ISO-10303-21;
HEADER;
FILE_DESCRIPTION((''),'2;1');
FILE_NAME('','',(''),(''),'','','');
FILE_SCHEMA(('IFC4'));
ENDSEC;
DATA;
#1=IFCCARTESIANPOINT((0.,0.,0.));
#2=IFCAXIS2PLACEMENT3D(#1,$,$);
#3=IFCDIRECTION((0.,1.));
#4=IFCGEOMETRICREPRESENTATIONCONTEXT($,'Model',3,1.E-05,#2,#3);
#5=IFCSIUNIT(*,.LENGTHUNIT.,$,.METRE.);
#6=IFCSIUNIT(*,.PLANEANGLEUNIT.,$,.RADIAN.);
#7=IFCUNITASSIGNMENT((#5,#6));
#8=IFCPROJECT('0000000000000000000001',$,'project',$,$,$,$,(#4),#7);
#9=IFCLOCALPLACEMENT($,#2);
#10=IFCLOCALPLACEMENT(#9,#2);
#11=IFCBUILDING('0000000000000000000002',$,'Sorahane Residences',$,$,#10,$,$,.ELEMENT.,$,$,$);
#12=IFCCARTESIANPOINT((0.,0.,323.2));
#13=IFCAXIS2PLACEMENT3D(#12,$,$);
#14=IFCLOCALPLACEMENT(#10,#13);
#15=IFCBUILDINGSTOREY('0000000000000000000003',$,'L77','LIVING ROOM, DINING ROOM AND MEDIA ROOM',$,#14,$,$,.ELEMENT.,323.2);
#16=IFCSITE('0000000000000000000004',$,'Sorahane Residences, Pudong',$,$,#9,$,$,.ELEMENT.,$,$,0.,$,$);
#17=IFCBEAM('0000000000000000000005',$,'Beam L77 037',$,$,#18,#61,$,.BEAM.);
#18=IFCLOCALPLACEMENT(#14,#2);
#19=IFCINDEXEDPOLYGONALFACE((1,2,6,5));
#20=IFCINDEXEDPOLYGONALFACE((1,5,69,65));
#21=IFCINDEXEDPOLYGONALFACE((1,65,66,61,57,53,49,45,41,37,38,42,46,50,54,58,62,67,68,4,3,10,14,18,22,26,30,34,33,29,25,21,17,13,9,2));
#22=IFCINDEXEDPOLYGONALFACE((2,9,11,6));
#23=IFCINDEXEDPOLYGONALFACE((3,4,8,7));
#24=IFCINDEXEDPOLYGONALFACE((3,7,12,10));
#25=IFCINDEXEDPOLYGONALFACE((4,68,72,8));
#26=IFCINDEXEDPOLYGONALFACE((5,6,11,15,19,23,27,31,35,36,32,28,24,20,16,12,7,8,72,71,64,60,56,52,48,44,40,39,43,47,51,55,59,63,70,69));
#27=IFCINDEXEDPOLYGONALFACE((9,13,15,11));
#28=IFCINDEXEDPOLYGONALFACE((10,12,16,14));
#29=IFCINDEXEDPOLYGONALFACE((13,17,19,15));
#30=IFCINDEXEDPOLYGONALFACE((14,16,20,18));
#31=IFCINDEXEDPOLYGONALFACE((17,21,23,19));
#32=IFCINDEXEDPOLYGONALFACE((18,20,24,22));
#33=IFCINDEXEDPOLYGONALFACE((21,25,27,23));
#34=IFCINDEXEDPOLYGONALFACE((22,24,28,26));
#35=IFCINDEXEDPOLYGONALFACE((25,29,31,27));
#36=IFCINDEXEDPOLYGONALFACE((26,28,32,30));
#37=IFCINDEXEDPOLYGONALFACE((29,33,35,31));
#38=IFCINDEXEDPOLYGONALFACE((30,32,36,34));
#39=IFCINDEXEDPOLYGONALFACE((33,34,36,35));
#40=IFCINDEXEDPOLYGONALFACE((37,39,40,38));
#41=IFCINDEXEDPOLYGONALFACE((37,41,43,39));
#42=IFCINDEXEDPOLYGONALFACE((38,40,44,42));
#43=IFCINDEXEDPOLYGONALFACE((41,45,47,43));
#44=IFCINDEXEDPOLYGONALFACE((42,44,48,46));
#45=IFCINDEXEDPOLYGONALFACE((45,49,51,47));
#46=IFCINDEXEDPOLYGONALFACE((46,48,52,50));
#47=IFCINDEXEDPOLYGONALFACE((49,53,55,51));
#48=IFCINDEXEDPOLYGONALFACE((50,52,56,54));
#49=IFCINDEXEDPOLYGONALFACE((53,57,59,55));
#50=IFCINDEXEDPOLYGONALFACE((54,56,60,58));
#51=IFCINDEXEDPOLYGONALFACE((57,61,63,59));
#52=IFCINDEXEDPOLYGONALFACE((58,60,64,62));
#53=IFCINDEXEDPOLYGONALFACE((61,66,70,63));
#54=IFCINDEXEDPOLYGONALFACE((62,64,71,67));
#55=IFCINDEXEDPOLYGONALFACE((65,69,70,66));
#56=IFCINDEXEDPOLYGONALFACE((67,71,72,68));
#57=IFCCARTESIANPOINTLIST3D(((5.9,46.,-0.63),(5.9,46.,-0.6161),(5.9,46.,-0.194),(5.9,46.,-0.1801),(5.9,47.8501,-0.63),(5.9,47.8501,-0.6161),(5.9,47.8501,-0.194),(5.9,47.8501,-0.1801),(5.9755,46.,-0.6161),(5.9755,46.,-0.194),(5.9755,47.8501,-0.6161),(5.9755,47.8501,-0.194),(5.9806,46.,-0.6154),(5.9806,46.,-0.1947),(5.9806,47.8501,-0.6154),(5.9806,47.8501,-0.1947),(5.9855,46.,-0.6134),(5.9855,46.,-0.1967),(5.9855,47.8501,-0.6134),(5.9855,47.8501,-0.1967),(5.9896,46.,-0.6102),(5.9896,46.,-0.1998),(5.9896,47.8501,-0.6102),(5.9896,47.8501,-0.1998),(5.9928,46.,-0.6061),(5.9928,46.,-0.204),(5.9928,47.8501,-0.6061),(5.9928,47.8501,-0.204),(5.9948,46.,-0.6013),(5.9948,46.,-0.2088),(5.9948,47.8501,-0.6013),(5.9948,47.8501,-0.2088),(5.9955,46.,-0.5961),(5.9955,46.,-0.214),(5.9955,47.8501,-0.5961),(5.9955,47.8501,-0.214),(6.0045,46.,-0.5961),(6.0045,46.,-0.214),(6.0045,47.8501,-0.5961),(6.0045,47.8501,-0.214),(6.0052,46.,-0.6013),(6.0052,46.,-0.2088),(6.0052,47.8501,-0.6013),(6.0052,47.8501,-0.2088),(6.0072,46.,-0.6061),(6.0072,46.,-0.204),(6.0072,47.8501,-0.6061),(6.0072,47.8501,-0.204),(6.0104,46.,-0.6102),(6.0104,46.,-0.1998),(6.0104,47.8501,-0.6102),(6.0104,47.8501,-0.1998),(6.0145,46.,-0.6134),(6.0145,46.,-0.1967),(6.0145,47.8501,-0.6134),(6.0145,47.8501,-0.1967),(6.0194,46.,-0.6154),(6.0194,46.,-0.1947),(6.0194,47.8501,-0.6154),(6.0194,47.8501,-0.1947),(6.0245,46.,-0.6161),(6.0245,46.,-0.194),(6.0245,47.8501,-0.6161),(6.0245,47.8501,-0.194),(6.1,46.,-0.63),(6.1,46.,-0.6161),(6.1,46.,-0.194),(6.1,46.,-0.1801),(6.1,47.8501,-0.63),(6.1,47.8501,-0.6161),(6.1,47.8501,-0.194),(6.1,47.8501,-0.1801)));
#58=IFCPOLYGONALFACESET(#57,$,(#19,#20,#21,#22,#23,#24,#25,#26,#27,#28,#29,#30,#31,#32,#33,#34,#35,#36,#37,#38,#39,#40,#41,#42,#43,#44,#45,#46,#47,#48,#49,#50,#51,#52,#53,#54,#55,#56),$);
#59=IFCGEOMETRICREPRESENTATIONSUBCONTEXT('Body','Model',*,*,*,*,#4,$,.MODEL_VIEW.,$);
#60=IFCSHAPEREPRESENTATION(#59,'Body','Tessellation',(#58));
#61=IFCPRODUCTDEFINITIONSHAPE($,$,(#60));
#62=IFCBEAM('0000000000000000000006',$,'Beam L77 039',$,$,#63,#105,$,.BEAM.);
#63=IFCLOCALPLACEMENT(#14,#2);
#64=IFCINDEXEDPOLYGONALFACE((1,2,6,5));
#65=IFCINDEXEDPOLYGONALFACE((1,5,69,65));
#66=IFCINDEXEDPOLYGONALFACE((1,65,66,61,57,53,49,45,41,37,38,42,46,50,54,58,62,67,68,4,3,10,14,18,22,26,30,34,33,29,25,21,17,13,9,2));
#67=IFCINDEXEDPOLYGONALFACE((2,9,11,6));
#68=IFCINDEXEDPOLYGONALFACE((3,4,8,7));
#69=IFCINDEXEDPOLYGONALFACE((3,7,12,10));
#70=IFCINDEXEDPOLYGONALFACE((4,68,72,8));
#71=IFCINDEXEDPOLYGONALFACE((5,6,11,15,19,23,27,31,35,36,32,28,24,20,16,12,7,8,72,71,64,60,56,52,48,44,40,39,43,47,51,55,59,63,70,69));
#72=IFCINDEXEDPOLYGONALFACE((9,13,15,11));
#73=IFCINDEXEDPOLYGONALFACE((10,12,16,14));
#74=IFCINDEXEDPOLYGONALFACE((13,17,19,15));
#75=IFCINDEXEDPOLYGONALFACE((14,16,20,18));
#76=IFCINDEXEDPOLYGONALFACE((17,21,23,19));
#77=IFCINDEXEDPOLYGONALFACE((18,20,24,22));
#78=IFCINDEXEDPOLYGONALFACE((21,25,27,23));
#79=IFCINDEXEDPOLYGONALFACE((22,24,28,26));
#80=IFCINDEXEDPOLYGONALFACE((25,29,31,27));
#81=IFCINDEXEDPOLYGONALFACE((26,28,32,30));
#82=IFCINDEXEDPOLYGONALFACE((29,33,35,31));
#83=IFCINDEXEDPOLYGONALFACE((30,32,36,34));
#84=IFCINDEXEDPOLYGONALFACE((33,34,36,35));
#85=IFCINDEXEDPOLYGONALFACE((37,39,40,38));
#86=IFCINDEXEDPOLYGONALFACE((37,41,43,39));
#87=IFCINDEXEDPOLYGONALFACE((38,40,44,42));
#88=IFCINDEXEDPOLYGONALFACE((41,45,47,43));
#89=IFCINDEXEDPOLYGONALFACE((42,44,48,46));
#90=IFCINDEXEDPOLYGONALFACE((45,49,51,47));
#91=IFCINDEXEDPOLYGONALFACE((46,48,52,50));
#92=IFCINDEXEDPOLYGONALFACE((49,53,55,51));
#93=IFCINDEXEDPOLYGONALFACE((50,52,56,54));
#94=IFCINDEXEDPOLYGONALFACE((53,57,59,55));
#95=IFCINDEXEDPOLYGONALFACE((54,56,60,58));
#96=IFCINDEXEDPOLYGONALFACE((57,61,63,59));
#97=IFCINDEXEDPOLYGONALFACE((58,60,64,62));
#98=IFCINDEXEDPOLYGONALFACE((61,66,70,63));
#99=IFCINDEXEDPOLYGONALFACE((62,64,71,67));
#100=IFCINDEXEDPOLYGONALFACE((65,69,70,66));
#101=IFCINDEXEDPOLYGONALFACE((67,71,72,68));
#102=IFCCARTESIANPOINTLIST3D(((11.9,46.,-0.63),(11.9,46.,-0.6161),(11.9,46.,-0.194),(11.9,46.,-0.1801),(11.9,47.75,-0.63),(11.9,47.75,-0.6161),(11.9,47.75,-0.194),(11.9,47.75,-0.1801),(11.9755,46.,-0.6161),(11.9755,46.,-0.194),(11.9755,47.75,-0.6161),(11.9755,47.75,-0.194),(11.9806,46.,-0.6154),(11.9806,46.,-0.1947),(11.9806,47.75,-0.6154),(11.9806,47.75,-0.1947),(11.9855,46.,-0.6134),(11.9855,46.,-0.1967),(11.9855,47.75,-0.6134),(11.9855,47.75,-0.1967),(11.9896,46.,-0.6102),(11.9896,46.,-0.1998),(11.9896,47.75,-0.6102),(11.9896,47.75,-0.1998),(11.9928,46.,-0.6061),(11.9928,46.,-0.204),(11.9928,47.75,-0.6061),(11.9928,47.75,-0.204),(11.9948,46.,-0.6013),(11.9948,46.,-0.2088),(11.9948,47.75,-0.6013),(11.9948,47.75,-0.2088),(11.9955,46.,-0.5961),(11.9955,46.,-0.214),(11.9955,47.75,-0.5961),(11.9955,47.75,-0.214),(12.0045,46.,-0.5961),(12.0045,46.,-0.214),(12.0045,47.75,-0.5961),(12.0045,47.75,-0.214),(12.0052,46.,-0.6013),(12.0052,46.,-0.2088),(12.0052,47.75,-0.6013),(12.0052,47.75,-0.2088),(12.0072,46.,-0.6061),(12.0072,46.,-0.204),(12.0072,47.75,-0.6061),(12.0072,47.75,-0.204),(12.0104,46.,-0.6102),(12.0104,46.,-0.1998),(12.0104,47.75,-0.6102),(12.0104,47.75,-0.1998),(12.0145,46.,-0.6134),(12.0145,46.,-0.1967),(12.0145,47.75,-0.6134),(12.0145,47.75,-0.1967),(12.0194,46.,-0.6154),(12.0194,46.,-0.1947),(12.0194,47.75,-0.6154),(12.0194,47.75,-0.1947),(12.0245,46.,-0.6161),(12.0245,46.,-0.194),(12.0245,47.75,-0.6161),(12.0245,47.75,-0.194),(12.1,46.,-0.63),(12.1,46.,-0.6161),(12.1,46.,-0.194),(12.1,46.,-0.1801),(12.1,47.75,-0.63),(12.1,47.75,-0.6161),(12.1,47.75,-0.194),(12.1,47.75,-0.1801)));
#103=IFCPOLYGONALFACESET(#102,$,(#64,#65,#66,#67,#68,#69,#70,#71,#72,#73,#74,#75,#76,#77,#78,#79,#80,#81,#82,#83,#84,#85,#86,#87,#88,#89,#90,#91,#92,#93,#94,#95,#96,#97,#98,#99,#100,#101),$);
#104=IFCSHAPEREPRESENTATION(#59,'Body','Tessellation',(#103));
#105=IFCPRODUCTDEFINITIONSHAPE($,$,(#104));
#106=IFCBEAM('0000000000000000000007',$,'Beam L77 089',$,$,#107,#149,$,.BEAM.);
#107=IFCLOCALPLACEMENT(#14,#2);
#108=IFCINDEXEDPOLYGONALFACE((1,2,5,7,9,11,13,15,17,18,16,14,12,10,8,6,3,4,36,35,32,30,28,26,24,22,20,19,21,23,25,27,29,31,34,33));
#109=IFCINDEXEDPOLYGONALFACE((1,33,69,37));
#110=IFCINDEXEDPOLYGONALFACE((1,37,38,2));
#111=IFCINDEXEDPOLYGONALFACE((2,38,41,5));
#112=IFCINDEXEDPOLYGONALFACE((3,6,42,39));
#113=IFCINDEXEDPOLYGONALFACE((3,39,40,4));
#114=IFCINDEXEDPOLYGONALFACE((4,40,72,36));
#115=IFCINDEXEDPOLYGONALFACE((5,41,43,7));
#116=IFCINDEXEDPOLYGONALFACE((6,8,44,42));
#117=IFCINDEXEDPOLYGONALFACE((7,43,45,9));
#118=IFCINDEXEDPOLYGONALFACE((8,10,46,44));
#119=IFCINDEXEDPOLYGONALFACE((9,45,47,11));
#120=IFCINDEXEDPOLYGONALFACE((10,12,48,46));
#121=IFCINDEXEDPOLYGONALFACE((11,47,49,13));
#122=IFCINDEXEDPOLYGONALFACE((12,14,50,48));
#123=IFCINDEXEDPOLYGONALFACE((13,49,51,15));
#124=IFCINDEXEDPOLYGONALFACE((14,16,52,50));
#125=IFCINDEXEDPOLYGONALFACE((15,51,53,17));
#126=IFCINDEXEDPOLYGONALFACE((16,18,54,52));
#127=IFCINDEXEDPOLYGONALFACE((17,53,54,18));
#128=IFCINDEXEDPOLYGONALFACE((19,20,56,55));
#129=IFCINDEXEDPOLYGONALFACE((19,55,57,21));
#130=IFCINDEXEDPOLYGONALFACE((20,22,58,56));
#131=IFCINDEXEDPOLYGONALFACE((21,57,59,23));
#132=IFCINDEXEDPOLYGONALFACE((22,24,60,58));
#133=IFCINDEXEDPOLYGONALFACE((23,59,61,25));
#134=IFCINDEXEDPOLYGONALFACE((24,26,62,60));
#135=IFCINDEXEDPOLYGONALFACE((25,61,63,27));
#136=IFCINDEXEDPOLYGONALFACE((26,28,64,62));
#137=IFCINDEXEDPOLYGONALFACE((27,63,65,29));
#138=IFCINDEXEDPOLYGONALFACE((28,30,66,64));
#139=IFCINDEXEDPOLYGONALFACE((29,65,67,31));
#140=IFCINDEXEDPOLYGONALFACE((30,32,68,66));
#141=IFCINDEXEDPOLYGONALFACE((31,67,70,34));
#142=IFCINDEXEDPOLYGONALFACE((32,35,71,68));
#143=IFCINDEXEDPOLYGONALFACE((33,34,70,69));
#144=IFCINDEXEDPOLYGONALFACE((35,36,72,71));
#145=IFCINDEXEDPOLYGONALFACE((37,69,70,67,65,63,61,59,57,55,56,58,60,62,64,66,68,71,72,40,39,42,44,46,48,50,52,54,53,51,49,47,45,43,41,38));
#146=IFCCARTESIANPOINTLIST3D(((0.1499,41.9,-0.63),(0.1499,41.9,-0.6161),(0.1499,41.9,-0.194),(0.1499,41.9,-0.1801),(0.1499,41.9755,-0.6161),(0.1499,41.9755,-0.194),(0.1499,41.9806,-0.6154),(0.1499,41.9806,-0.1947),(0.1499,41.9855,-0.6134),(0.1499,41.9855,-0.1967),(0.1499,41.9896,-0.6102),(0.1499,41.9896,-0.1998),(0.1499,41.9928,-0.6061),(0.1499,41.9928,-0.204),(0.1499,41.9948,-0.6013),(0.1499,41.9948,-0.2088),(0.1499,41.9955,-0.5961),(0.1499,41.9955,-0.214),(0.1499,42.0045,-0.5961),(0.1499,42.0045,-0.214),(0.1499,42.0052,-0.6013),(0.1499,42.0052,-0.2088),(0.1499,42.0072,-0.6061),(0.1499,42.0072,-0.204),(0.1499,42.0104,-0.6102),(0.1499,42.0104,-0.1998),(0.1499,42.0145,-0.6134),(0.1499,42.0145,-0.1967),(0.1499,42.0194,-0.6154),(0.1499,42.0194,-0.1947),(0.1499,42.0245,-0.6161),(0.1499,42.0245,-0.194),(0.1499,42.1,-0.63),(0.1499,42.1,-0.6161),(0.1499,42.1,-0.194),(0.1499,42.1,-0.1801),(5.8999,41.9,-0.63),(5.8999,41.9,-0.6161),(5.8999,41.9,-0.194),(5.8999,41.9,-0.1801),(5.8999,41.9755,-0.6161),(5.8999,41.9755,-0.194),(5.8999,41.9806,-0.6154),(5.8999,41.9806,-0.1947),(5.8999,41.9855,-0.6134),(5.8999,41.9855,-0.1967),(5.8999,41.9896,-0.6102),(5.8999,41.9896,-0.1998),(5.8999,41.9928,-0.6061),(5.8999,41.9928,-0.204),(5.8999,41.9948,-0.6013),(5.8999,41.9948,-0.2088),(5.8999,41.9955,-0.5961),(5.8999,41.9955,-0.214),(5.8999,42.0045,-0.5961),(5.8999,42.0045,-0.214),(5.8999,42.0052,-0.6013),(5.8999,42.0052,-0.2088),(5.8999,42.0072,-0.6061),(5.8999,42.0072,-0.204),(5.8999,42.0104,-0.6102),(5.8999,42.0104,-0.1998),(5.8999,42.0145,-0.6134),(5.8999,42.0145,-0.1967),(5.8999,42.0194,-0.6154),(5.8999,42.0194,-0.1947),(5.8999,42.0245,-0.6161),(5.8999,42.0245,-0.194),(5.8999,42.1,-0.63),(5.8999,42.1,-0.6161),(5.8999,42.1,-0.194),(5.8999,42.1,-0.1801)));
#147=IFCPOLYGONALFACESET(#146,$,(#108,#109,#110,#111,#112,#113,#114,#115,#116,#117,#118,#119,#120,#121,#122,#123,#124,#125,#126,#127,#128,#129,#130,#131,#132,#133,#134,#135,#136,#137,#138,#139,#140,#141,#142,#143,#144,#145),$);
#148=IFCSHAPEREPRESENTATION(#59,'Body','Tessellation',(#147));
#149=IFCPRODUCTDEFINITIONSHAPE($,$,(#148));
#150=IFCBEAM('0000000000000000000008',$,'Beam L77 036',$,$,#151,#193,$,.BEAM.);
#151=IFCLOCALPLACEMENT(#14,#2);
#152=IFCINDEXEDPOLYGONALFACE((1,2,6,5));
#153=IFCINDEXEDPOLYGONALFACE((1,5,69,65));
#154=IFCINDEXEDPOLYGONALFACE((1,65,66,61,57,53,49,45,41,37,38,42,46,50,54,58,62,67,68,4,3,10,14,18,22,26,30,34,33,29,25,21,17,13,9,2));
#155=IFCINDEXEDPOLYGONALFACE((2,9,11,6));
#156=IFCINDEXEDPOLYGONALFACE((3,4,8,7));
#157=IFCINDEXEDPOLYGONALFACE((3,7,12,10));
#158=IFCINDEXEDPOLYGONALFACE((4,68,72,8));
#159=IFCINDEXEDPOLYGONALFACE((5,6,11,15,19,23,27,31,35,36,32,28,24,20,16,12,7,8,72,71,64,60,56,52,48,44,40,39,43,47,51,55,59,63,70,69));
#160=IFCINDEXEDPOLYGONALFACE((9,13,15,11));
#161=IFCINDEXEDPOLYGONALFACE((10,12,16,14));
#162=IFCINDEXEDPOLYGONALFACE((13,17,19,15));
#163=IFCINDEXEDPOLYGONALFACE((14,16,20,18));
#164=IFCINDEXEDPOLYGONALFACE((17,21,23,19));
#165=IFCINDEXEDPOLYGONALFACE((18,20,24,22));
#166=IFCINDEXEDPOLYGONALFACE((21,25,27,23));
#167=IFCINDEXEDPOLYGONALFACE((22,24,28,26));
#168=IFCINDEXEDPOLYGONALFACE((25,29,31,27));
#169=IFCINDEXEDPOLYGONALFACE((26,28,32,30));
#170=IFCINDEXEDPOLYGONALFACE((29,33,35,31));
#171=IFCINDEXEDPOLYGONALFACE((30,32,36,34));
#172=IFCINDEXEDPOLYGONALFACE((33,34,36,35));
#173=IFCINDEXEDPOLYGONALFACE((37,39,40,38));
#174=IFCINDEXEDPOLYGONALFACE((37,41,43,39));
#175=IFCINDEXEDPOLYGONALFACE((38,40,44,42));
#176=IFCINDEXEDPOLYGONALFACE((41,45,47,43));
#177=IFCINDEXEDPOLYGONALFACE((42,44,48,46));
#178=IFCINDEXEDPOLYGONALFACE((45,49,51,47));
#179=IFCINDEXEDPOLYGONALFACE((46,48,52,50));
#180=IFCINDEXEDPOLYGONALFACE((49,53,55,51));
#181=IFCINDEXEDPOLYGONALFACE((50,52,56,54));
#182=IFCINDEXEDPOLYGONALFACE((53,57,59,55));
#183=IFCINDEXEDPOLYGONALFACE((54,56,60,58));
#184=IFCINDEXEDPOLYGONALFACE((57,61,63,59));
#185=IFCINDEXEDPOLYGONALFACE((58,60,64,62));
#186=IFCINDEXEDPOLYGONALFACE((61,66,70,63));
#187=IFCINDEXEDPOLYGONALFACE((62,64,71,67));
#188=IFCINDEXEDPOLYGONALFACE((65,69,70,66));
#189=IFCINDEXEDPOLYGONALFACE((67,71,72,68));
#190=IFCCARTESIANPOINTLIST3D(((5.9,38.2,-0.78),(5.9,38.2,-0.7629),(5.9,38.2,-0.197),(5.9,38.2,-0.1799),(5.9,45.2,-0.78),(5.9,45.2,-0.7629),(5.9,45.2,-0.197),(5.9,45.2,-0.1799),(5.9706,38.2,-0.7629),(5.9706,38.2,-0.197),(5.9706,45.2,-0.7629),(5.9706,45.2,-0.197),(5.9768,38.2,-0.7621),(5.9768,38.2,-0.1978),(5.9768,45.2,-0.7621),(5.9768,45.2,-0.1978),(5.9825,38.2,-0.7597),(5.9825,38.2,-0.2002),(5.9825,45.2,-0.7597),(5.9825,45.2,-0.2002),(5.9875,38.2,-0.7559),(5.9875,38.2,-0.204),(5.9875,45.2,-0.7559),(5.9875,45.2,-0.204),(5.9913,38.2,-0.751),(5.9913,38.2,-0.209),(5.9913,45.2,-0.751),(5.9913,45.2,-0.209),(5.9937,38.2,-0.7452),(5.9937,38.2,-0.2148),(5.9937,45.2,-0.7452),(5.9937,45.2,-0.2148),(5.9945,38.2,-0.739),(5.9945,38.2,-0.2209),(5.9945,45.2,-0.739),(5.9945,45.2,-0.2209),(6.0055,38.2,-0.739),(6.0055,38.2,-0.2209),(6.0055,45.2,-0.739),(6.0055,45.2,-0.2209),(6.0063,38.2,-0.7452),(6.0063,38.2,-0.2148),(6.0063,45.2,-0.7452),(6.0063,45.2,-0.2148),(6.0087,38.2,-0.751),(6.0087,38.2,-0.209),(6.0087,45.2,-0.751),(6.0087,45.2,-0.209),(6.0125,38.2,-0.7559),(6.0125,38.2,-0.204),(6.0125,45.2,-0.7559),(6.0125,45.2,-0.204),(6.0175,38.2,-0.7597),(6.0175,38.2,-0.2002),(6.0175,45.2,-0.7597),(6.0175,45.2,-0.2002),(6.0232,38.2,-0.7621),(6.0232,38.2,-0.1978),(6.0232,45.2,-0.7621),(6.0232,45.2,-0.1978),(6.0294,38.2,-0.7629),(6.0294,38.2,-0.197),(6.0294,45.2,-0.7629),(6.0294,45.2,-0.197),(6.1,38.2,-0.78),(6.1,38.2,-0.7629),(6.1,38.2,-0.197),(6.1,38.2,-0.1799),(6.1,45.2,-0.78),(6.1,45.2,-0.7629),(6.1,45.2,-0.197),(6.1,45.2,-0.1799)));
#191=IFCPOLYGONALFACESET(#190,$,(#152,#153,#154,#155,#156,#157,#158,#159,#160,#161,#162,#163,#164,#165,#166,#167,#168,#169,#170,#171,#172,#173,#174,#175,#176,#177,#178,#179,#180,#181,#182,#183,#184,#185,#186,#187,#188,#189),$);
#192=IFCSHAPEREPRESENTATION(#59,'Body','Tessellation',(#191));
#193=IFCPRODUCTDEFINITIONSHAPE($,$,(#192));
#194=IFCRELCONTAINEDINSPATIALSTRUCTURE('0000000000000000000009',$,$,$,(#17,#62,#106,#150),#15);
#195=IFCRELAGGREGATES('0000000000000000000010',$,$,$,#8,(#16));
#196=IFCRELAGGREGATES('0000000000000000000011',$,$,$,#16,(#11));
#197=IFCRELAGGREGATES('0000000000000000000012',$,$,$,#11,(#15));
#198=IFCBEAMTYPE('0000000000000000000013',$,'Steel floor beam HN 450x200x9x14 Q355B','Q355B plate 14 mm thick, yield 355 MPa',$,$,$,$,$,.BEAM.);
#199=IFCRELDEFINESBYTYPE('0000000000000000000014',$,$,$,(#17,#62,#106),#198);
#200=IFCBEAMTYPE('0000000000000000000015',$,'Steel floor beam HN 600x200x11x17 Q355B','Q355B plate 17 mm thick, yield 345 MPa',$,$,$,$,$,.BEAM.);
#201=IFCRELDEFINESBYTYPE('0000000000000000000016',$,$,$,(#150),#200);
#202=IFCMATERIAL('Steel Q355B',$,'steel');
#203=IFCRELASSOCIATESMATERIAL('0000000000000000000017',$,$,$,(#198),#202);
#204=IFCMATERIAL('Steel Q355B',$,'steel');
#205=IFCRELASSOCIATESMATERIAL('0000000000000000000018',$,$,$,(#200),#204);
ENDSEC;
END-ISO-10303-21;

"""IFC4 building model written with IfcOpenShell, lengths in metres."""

from ifc_helpers import new_model, si_unit, direction, frame, origin, origin_2d, place, context, subcontext, project, spatial, i_section, extrude, material, material_profile, profile_set, type_object, element, save


model = new_model("IFC4")

# Units and contexts
model_context = context("Model", 3, precision=1e-05, world=origin(), true_north=direction((0.0, 1.0)))
body_context = subcontext(model_context, "Body", "Model", "MODEL_VIEW")
ifc_project = project(units=[si_unit("LENGTHUNIT", "METRE"), si_unit("PLANEANGLEUNIT", "RADIAN")], contexts=[model_context])

# Site, building, storey
site_placement = place(None, origin())
site = spatial("IfcSite", under=ifc_project, at=site_placement, Name="Sorahane Residences, Pudong", CompositionType="ELEMENT", RefElevation=0.0)
building_placement = place(site_placement, origin())
building = spatial("IfcBuilding", under=site, at=building_placement, Name="Sorahane Residences", CompositionType="ELEMENT")
storey_placement = place(building_placement, frame((0.0, 0.0, 323.2)))
storey = spatial("IfcBuildingStorey", under=building, at=storey_placement, Name="L77", Description="LIVING ROOM, DINING ROOM AND MEDIA ROOM", CompositionType="ELEMENT", Elevation=323.2)

# Beams
ifc_material_1 = material(Name="Steel Q355B", Category="steel")
ifc_material_profile_1 = material_profile(ifc_material_1, i_section(OverallWidth=0.2, OverallDepth=0.45, WebThickness=0.009, FlangeThickness=0.0139, FilletRadius=0.02, at=origin_2d()), Name="HN 450x200x9x14")
ifc_profile_set_1 = profile_set([ifc_material_profile_1], Name="Steel Q355B")
beam_type_1 = type_object("IfcBeamType", Name="Steel floor beam HN 450x200x9x14 Q355B", Description="Q355B plate 14 mm thick, yield 355 MPa", PredefinedType="BEAM", material=ifc_profile_set_1)
beam_1_placement = place(storey_placement, frame((6.0, 46.0, -0.405), z_axis=(0.0, 1.0, 0.0), x_axis=(-1.0, 0.0, 0.0)))
element("IfcBeam", 1, at=beam_1_placement, inside=storey, type_object=beam_type_1, Name="Beam L77 037", PredefinedType="BEAM", context=body_context, shape_type="SweptSolid", body=[
    extrude(i_section(OverallWidth=0.2, OverallDepth=0.45, WebThickness=0.009, FlangeThickness=0.0139, FilletRadius=0.02, at=origin_2d()), origin(), (0.0, 0.0, 1.0), 1.8501),
])
beam_2_placement = place(storey_placement, frame((12.0, 46.0, -0.405), z_axis=(0.0, 1.0, 0.0), x_axis=(-1.0, 0.0, 0.0)))
element("IfcBeam", 2, at=beam_2_placement, inside=storey, type_object=beam_type_1, Name="Beam L77 039", PredefinedType="BEAM", context=body_context, shape_type="SweptSolid", body=[
    extrude(i_section(OverallWidth=0.2, OverallDepth=0.45, WebThickness=0.009, FlangeThickness=0.0139, FilletRadius=0.02, at=origin_2d()), origin(), (0.0, 0.0, 1.0), 1.75),
])
beam_3_placement = place(storey_placement, frame((0.1499, 42.0, -0.405), z_axis=(1.0, 0.0, 0.0), x_axis=(0.0, 1.0, 0.0)))
element("IfcBeam", 3, at=beam_3_placement, inside=storey, type_object=beam_type_1, Name="Beam L77 089", PredefinedType="BEAM", context=body_context, shape_type="SweptSolid", body=[
    extrude(i_section(OverallWidth=0.2, OverallDepth=0.45, WebThickness=0.009, FlangeThickness=0.0139, FilletRadius=0.02, at=origin_2d()), origin(), (0.0, 0.0, 1.0), 5.75),
])
ifc_material_2 = material(Name="Steel Q355B", Category="steel")
ifc_material_profile_2 = material_profile(ifc_material_2, i_section(OverallWidth=0.2, OverallDepth=0.6001, WebThickness=0.011, FlangeThickness=0.0171, FilletRadius=0.0239, at=origin_2d()), Name="HN 600x200x11x17")
ifc_profile_set_2 = profile_set([ifc_material_profile_2], Name="Steel Q355B")
beam_type_2 = type_object("IfcBeamType", Name="Steel floor beam HN 600x200x11x17 Q355B", Description="Q355B plate 17 mm thick, yield 345 MPa", PredefinedType="BEAM", material=ifc_profile_set_2)
beam_4_placement = place(storey_placement, frame((6.0, 38.2, -0.48), z_axis=(0.0, 1.0, 0.0), x_axis=(-1.0, 0.0, 0.0)))
element("IfcBeam", 4, at=beam_4_placement, inside=storey, type_object=beam_type_2, Name="Beam L77 036", PredefinedType="BEAM", context=body_context, shape_type="SweptSolid", body=[
    extrude(i_section(OverallWidth=0.2, OverallDepth=0.6001, WebThickness=0.011, FlangeThickness=0.0171, FilletRadius=0.0239, at=origin_2d()), origin(), (0.0, 0.0, 1.0), 7.0),
])

save(model, "model.ifc")
